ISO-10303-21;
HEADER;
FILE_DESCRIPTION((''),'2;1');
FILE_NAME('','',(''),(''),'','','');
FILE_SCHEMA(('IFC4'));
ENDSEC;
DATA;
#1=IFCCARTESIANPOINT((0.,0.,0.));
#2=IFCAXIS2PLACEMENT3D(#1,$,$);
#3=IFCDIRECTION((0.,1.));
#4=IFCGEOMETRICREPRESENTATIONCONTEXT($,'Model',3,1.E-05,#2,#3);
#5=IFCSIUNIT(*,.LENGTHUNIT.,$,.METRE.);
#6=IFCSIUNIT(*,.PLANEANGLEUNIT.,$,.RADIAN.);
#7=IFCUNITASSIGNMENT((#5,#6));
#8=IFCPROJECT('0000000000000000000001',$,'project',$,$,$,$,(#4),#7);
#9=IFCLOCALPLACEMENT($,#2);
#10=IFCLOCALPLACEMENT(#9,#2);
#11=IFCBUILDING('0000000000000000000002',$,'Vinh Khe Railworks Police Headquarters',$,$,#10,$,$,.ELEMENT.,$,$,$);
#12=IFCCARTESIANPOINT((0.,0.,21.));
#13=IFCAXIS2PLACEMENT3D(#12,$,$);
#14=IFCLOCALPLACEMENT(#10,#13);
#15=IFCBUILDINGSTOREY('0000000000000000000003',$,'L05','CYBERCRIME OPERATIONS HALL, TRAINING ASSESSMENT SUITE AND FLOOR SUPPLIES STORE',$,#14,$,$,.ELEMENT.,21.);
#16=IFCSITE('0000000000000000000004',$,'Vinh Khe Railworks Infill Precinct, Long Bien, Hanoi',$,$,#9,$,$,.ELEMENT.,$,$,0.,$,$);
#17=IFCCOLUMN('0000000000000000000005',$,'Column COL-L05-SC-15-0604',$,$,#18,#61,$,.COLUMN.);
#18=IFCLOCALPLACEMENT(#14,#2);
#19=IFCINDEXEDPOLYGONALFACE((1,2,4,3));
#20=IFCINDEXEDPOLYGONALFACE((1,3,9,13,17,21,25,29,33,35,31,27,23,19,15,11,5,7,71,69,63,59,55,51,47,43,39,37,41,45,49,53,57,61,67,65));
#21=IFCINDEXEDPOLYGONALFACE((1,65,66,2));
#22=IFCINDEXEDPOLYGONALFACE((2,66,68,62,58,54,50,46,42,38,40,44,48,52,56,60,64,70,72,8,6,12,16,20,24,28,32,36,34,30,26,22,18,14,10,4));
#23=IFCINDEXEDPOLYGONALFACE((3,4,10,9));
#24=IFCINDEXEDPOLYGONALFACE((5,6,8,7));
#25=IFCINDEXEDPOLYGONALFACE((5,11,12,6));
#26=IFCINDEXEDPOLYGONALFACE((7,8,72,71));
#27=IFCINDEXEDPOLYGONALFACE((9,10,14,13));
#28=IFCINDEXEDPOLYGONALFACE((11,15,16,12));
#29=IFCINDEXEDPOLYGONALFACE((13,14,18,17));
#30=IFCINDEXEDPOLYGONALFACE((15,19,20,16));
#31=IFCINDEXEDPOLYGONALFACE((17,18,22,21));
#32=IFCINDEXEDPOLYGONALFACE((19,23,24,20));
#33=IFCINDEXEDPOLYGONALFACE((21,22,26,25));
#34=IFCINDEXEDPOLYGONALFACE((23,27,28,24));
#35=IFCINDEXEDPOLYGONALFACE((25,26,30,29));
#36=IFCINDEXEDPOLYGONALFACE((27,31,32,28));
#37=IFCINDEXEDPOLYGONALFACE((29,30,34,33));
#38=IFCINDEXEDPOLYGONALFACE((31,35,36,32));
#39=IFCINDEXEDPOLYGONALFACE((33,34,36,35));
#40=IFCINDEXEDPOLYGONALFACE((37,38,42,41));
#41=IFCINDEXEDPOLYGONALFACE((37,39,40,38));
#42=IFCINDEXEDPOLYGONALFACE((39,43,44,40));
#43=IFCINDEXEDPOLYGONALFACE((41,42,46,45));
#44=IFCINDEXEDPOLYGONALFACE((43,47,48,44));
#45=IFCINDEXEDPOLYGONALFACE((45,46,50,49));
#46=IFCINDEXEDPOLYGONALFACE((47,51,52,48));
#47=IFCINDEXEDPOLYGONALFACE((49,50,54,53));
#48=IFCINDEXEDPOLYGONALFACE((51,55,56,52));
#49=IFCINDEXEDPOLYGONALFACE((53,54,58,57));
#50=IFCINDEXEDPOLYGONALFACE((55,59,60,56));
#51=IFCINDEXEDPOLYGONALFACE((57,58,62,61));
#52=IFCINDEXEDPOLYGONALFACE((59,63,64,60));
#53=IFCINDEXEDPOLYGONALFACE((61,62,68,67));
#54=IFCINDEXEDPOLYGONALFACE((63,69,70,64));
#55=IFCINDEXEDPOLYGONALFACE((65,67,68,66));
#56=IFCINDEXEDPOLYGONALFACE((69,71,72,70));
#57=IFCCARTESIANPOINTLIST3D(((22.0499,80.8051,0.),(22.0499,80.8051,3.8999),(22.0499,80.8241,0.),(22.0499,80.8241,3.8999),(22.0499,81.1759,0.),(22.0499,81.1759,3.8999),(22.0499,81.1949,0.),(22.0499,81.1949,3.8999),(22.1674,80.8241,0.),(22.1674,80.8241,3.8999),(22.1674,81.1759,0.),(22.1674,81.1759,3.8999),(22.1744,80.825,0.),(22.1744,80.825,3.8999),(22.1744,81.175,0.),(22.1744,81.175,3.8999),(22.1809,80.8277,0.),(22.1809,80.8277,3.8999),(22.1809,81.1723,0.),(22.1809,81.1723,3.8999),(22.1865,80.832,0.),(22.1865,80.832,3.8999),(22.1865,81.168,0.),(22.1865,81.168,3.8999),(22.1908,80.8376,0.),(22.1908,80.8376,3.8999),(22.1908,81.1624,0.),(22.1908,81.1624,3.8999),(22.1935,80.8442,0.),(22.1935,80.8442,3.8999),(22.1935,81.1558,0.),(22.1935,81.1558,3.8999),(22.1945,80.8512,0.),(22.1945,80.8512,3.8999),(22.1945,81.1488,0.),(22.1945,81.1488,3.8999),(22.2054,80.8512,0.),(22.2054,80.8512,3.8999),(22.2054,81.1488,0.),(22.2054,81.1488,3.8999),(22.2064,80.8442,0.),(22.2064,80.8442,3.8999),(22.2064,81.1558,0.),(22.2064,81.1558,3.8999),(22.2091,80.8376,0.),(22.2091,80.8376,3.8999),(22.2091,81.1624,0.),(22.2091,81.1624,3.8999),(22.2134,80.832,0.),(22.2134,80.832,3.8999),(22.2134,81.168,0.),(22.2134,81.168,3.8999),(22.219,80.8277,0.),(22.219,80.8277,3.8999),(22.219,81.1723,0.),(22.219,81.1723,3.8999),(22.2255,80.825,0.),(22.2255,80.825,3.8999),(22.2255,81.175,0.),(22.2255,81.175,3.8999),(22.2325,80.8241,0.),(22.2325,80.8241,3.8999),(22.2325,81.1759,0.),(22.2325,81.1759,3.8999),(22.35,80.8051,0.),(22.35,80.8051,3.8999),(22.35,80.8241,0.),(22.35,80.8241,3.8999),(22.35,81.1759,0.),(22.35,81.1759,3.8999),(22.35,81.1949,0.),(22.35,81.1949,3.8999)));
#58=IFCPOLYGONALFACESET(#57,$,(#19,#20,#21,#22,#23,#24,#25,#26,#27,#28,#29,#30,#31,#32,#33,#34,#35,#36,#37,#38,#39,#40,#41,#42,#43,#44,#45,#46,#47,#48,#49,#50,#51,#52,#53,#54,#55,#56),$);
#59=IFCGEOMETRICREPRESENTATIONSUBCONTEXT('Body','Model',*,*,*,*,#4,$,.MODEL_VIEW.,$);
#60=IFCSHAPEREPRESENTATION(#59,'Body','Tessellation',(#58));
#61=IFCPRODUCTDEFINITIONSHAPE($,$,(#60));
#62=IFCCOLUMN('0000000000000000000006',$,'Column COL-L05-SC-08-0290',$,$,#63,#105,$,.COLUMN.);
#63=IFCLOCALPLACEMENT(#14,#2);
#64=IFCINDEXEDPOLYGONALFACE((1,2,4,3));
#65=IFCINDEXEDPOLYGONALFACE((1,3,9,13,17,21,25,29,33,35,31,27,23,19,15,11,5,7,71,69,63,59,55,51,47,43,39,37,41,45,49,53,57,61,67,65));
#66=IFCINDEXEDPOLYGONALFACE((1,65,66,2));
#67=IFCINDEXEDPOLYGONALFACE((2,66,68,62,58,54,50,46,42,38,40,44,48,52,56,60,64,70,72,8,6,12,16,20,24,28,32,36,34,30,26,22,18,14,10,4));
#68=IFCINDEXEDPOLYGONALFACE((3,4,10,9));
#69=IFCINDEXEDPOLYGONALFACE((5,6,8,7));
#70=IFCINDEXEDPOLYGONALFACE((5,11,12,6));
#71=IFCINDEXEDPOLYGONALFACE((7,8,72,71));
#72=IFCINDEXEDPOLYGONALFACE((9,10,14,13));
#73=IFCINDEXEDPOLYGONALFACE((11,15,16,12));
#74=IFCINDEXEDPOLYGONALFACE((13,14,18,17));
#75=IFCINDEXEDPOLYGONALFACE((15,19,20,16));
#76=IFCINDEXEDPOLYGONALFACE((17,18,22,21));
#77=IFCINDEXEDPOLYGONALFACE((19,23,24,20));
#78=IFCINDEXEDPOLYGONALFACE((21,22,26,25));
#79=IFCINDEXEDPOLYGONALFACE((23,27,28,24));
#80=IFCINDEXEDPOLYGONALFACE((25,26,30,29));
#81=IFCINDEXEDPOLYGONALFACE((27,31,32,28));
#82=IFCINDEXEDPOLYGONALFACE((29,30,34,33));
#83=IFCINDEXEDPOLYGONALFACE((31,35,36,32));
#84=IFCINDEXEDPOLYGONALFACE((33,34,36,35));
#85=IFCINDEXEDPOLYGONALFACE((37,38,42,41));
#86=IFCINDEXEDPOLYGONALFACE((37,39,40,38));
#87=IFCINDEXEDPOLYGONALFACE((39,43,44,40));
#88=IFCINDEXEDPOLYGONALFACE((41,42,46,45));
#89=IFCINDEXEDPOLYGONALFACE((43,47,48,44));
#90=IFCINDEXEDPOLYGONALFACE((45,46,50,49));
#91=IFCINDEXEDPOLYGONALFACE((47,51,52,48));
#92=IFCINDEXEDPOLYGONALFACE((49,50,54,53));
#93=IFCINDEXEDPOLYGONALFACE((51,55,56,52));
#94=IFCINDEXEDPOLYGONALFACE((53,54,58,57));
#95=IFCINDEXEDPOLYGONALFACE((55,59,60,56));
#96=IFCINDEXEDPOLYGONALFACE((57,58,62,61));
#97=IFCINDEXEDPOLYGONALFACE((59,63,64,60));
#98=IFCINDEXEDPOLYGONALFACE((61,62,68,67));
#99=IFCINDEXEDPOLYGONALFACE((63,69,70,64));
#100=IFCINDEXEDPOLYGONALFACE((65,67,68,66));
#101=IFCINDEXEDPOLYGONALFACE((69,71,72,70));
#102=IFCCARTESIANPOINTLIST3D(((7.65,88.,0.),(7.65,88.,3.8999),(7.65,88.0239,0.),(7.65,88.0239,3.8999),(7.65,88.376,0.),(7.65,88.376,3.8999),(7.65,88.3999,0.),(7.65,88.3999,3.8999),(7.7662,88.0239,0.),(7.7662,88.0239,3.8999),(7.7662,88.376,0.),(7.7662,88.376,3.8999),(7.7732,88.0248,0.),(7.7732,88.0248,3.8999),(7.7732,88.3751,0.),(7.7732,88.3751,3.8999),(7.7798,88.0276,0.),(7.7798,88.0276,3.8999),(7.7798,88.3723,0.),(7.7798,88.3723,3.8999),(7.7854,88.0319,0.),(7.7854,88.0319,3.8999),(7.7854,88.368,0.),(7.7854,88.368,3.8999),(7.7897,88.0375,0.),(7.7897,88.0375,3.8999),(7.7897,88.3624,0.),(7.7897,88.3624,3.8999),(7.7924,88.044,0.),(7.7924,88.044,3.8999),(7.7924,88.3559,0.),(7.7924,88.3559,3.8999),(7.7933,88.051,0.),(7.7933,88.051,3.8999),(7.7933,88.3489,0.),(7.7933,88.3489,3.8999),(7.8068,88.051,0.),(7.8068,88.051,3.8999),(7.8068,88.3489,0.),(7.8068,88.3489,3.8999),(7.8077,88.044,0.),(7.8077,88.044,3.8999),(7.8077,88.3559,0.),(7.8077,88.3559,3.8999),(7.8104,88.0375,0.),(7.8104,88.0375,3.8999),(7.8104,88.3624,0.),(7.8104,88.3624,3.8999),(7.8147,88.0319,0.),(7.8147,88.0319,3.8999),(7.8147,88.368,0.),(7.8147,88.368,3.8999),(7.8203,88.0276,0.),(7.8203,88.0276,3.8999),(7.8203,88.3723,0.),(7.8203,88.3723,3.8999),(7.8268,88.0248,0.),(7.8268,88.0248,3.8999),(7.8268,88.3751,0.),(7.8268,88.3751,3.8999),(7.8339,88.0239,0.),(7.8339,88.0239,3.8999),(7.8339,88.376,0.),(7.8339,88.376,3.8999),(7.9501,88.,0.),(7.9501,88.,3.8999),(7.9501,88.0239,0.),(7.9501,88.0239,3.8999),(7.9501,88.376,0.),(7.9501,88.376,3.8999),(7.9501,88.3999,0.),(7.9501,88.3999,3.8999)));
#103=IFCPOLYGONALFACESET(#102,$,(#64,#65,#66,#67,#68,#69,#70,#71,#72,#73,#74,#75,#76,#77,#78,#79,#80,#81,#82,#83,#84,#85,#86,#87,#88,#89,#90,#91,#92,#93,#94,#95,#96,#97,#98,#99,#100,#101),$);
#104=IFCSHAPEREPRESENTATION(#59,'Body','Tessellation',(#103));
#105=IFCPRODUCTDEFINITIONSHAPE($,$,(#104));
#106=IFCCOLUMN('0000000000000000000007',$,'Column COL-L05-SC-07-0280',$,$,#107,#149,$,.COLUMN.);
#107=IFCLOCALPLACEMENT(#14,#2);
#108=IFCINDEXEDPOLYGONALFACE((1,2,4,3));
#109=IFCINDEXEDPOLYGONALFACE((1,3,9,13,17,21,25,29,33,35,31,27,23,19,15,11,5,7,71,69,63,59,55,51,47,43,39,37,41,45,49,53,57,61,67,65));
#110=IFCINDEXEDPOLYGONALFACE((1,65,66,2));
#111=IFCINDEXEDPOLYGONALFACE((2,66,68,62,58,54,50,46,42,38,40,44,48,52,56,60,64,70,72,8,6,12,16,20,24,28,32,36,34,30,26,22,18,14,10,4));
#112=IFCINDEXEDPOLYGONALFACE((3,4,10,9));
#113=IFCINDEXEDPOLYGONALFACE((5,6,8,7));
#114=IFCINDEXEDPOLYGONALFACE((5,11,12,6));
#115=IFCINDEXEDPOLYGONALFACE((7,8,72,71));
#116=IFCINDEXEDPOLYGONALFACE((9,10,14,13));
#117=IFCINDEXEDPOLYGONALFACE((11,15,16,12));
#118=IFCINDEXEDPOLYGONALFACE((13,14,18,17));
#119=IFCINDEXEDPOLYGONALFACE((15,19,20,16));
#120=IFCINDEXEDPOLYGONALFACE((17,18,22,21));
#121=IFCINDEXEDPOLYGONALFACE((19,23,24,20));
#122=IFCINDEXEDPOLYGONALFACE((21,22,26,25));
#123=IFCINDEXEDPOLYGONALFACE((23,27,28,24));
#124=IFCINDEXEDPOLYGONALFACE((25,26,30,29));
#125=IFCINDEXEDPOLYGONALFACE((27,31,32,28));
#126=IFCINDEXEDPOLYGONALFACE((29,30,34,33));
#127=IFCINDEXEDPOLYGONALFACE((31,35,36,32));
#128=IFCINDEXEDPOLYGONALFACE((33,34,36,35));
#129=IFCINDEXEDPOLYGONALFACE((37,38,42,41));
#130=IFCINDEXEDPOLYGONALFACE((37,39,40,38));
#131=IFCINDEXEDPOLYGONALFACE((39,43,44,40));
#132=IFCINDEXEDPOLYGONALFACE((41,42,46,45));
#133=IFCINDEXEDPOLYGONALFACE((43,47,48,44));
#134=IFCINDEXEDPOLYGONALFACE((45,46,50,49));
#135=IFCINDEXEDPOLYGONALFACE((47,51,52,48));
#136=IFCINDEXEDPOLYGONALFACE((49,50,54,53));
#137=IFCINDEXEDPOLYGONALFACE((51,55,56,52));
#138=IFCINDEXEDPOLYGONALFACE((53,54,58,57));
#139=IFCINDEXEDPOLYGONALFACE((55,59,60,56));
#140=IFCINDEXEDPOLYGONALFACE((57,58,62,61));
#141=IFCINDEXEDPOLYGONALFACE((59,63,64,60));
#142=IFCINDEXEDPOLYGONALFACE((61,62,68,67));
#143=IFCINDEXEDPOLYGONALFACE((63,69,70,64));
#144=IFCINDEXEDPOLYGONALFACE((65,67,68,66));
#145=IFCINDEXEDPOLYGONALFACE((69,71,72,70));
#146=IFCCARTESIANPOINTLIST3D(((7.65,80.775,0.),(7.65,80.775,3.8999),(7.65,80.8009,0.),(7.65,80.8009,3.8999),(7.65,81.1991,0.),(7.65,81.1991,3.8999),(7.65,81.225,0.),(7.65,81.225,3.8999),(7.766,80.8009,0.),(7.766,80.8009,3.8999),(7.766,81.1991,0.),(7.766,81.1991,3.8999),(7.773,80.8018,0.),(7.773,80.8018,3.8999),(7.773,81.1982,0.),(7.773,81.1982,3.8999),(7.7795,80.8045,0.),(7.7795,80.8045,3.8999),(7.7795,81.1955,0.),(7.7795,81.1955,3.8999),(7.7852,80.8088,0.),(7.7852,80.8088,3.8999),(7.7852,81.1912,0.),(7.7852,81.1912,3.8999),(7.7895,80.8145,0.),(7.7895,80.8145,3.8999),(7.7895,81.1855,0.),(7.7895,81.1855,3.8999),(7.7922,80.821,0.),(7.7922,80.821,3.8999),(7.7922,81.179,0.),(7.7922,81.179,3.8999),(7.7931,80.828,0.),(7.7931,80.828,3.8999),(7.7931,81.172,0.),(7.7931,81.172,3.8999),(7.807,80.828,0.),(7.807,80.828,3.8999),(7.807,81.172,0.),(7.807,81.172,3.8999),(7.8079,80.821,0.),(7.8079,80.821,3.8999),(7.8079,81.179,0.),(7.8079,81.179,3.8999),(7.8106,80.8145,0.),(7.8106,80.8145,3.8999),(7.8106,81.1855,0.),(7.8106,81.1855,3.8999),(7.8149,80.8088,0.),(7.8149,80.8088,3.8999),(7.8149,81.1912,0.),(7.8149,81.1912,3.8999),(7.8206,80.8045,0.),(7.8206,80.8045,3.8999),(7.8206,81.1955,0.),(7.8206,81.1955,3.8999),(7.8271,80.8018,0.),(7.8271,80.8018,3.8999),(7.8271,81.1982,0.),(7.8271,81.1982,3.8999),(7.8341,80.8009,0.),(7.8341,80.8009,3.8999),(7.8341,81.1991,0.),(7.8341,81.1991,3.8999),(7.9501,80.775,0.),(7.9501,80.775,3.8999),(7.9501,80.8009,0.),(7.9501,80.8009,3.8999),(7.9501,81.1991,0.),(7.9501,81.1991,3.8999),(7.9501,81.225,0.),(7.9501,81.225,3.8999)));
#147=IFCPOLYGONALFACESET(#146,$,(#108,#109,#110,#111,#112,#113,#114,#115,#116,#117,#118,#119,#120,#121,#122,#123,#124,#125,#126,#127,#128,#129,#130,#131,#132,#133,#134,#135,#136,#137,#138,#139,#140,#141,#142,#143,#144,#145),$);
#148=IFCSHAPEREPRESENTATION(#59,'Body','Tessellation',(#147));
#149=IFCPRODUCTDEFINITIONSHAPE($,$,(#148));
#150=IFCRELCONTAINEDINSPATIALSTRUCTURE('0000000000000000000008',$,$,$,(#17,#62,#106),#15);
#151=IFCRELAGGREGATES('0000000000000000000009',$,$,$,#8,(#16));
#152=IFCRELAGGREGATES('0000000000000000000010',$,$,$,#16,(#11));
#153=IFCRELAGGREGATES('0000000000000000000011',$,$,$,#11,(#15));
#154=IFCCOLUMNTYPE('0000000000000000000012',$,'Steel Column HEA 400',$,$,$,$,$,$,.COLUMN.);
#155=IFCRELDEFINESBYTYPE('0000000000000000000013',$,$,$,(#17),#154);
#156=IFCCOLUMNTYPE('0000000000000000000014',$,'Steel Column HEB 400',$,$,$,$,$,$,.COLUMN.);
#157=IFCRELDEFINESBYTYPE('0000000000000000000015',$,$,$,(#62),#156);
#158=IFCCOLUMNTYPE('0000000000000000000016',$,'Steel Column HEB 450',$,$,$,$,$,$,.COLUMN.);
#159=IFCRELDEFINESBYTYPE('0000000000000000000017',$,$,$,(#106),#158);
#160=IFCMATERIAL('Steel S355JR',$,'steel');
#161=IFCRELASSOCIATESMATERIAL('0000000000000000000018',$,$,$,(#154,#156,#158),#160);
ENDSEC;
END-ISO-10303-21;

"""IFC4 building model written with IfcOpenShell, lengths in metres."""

from ifc_helpers import new_model, si_unit, direction, frame, origin, origin_2d, place, context, subcontext, project, spatial, i_section, extrude, material, material_profile, profile_set, type_object, element, save


model = new_model("IFC4")

# Units and contexts
model_context = context("Model", 3, precision=1e-05, world=origin(), true_north=direction((0.0, 1.0)))
body_context = subcontext(model_context, "Body", "Model", "MODEL_VIEW")
ifc_project = project(units=[si_unit("LENGTHUNIT", "METRE"), si_unit("PLANEANGLEUNIT", "RADIAN")], contexts=[model_context])

# Site, building, storey
site_placement = place(None, origin())
site = spatial("IfcSite", under=ifc_project, at=site_placement, Name="Vinh Khe Railworks Infill Precinct, Long Bien, Hanoi", CompositionType="ELEMENT", RefElevation=0.0)
building_placement = place(site_placement, origin())
building = spatial("IfcBuilding", under=site, at=building_placement, Name="Vinh Khe Railworks Police Headquarters", CompositionType="ELEMENT")
storey_placement = place(building_placement, frame((0.0, 0.0, 21.0)))
storey = spatial("IfcBuildingStorey", under=building, at=storey_placement, Name="L05", Description="CYBERCRIME OPERATIONS HALL, TRAINING ASSESSMENT SUITE AND FLOOR SUPPLIES STORE", CompositionType="ELEMENT", Elevation=21.0)

# Columns
ifc_material_1 = material(Name="Steel S355JR", Category="steel")
ifc_material_profile_1 = material_profile(ifc_material_1, i_section(OverallWidth=0.3, OverallDepth=0.3899, WebThickness=0.011, FlangeThickness=0.019, FilletRadius=0.0271, at=origin_2d()), Name="HEA 400")
ifc_profile_set_1 = profile_set([ifc_material_profile_1], Name="Steel S355JR")
column_type_1 = type_object("IfcColumnType", Name="Steel Column HEA 400", PredefinedType="COLUMN", material=ifc_profile_set_1)
column_1_placement = place(storey_placement, frame((22.2, 81.0, 0.0), z_axis=(0.0, 0.0, 1.0), x_axis=(1.0, 0.0, 0.0)))
element("IfcColumn", 1, at=column_1_placement, inside=storey, type_object=column_type_1, Name="Column COL-L05-SC-15-0604", PredefinedType="COLUMN", context=body_context, shape_type="SweptSolid", body=[
    extrude(i_section(OverallWidth=0.3, OverallDepth=0.3899, WebThickness=0.011, FlangeThickness=0.019, FilletRadius=0.0271, at=origin_2d()), origin(), (0.0, 0.0, 1.0), 3.8999),
])
ifc_material_profile_2 = material_profile(ifc_material_1, i_section(OverallWidth=0.3, OverallDepth=0.3999, WebThickness=0.0134, FlangeThickness=0.0239, FilletRadius=0.0271, at=origin_2d()), Name="HEB 400")
ifc_profile_set_2 = profile_set([ifc_material_profile_2], Name="Steel S355JR")
column_type_2 = type_object("IfcColumnType", Name="Steel Column HEB 400", PredefinedType="COLUMN", material=ifc_profile_set_2)
column_2_placement = place(storey_placement, frame((7.8, 88.2, 0.0), z_axis=(0.0, 0.0, 1.0), x_axis=(1.0, 0.0, 0.0)))
element("IfcColumn", 2, at=column_2_placement, inside=storey, type_object=column_type_2, Name="Column COL-L05-SC-08-0290", PredefinedType="COLUMN", context=body_context, shape_type="SweptSolid", body=[
    extrude(i_section(OverallWidth=0.3, OverallDepth=0.3999, WebThickness=0.0134, FlangeThickness=0.0239, FilletRadius=0.0271, at=origin_2d()), origin(), (0.0, 0.0, 1.0), 3.8999),
])
ifc_material_profile_3 = material_profile(ifc_material_1, i_section(OverallWidth=0.3, OverallDepth=0.45, WebThickness=0.0139, FlangeThickness=0.0259, FilletRadius=0.0271, at=origin_2d()), Name="HEB 450")
ifc_profile_set_3 = profile_set([ifc_material_profile_3], Name="Steel S355JR")
column_type_3 = type_object("IfcColumnType", Name="Steel Column HEB 450", PredefinedType="COLUMN", material=ifc_profile_set_3)
column_3_placement = place(storey_placement, frame((7.8, 81.0, 0.0), z_axis=(0.0, 0.0, 1.0), x_axis=(1.0, 0.0, 0.0)))
element("IfcColumn", 3, at=column_3_placement, inside=storey, type_object=column_type_3, Name="Column COL-L05-SC-07-0280", PredefinedType="COLUMN", context=body_context, shape_type="SweptSolid", body=[
    extrude(i_section(OverallWidth=0.3, OverallDepth=0.45, WebThickness=0.0139, FlangeThickness=0.0259, FilletRadius=0.0271, at=origin_2d()), origin(), (0.0, 0.0, 1.0), 3.8999),
])

save(model, "model.ifc")
